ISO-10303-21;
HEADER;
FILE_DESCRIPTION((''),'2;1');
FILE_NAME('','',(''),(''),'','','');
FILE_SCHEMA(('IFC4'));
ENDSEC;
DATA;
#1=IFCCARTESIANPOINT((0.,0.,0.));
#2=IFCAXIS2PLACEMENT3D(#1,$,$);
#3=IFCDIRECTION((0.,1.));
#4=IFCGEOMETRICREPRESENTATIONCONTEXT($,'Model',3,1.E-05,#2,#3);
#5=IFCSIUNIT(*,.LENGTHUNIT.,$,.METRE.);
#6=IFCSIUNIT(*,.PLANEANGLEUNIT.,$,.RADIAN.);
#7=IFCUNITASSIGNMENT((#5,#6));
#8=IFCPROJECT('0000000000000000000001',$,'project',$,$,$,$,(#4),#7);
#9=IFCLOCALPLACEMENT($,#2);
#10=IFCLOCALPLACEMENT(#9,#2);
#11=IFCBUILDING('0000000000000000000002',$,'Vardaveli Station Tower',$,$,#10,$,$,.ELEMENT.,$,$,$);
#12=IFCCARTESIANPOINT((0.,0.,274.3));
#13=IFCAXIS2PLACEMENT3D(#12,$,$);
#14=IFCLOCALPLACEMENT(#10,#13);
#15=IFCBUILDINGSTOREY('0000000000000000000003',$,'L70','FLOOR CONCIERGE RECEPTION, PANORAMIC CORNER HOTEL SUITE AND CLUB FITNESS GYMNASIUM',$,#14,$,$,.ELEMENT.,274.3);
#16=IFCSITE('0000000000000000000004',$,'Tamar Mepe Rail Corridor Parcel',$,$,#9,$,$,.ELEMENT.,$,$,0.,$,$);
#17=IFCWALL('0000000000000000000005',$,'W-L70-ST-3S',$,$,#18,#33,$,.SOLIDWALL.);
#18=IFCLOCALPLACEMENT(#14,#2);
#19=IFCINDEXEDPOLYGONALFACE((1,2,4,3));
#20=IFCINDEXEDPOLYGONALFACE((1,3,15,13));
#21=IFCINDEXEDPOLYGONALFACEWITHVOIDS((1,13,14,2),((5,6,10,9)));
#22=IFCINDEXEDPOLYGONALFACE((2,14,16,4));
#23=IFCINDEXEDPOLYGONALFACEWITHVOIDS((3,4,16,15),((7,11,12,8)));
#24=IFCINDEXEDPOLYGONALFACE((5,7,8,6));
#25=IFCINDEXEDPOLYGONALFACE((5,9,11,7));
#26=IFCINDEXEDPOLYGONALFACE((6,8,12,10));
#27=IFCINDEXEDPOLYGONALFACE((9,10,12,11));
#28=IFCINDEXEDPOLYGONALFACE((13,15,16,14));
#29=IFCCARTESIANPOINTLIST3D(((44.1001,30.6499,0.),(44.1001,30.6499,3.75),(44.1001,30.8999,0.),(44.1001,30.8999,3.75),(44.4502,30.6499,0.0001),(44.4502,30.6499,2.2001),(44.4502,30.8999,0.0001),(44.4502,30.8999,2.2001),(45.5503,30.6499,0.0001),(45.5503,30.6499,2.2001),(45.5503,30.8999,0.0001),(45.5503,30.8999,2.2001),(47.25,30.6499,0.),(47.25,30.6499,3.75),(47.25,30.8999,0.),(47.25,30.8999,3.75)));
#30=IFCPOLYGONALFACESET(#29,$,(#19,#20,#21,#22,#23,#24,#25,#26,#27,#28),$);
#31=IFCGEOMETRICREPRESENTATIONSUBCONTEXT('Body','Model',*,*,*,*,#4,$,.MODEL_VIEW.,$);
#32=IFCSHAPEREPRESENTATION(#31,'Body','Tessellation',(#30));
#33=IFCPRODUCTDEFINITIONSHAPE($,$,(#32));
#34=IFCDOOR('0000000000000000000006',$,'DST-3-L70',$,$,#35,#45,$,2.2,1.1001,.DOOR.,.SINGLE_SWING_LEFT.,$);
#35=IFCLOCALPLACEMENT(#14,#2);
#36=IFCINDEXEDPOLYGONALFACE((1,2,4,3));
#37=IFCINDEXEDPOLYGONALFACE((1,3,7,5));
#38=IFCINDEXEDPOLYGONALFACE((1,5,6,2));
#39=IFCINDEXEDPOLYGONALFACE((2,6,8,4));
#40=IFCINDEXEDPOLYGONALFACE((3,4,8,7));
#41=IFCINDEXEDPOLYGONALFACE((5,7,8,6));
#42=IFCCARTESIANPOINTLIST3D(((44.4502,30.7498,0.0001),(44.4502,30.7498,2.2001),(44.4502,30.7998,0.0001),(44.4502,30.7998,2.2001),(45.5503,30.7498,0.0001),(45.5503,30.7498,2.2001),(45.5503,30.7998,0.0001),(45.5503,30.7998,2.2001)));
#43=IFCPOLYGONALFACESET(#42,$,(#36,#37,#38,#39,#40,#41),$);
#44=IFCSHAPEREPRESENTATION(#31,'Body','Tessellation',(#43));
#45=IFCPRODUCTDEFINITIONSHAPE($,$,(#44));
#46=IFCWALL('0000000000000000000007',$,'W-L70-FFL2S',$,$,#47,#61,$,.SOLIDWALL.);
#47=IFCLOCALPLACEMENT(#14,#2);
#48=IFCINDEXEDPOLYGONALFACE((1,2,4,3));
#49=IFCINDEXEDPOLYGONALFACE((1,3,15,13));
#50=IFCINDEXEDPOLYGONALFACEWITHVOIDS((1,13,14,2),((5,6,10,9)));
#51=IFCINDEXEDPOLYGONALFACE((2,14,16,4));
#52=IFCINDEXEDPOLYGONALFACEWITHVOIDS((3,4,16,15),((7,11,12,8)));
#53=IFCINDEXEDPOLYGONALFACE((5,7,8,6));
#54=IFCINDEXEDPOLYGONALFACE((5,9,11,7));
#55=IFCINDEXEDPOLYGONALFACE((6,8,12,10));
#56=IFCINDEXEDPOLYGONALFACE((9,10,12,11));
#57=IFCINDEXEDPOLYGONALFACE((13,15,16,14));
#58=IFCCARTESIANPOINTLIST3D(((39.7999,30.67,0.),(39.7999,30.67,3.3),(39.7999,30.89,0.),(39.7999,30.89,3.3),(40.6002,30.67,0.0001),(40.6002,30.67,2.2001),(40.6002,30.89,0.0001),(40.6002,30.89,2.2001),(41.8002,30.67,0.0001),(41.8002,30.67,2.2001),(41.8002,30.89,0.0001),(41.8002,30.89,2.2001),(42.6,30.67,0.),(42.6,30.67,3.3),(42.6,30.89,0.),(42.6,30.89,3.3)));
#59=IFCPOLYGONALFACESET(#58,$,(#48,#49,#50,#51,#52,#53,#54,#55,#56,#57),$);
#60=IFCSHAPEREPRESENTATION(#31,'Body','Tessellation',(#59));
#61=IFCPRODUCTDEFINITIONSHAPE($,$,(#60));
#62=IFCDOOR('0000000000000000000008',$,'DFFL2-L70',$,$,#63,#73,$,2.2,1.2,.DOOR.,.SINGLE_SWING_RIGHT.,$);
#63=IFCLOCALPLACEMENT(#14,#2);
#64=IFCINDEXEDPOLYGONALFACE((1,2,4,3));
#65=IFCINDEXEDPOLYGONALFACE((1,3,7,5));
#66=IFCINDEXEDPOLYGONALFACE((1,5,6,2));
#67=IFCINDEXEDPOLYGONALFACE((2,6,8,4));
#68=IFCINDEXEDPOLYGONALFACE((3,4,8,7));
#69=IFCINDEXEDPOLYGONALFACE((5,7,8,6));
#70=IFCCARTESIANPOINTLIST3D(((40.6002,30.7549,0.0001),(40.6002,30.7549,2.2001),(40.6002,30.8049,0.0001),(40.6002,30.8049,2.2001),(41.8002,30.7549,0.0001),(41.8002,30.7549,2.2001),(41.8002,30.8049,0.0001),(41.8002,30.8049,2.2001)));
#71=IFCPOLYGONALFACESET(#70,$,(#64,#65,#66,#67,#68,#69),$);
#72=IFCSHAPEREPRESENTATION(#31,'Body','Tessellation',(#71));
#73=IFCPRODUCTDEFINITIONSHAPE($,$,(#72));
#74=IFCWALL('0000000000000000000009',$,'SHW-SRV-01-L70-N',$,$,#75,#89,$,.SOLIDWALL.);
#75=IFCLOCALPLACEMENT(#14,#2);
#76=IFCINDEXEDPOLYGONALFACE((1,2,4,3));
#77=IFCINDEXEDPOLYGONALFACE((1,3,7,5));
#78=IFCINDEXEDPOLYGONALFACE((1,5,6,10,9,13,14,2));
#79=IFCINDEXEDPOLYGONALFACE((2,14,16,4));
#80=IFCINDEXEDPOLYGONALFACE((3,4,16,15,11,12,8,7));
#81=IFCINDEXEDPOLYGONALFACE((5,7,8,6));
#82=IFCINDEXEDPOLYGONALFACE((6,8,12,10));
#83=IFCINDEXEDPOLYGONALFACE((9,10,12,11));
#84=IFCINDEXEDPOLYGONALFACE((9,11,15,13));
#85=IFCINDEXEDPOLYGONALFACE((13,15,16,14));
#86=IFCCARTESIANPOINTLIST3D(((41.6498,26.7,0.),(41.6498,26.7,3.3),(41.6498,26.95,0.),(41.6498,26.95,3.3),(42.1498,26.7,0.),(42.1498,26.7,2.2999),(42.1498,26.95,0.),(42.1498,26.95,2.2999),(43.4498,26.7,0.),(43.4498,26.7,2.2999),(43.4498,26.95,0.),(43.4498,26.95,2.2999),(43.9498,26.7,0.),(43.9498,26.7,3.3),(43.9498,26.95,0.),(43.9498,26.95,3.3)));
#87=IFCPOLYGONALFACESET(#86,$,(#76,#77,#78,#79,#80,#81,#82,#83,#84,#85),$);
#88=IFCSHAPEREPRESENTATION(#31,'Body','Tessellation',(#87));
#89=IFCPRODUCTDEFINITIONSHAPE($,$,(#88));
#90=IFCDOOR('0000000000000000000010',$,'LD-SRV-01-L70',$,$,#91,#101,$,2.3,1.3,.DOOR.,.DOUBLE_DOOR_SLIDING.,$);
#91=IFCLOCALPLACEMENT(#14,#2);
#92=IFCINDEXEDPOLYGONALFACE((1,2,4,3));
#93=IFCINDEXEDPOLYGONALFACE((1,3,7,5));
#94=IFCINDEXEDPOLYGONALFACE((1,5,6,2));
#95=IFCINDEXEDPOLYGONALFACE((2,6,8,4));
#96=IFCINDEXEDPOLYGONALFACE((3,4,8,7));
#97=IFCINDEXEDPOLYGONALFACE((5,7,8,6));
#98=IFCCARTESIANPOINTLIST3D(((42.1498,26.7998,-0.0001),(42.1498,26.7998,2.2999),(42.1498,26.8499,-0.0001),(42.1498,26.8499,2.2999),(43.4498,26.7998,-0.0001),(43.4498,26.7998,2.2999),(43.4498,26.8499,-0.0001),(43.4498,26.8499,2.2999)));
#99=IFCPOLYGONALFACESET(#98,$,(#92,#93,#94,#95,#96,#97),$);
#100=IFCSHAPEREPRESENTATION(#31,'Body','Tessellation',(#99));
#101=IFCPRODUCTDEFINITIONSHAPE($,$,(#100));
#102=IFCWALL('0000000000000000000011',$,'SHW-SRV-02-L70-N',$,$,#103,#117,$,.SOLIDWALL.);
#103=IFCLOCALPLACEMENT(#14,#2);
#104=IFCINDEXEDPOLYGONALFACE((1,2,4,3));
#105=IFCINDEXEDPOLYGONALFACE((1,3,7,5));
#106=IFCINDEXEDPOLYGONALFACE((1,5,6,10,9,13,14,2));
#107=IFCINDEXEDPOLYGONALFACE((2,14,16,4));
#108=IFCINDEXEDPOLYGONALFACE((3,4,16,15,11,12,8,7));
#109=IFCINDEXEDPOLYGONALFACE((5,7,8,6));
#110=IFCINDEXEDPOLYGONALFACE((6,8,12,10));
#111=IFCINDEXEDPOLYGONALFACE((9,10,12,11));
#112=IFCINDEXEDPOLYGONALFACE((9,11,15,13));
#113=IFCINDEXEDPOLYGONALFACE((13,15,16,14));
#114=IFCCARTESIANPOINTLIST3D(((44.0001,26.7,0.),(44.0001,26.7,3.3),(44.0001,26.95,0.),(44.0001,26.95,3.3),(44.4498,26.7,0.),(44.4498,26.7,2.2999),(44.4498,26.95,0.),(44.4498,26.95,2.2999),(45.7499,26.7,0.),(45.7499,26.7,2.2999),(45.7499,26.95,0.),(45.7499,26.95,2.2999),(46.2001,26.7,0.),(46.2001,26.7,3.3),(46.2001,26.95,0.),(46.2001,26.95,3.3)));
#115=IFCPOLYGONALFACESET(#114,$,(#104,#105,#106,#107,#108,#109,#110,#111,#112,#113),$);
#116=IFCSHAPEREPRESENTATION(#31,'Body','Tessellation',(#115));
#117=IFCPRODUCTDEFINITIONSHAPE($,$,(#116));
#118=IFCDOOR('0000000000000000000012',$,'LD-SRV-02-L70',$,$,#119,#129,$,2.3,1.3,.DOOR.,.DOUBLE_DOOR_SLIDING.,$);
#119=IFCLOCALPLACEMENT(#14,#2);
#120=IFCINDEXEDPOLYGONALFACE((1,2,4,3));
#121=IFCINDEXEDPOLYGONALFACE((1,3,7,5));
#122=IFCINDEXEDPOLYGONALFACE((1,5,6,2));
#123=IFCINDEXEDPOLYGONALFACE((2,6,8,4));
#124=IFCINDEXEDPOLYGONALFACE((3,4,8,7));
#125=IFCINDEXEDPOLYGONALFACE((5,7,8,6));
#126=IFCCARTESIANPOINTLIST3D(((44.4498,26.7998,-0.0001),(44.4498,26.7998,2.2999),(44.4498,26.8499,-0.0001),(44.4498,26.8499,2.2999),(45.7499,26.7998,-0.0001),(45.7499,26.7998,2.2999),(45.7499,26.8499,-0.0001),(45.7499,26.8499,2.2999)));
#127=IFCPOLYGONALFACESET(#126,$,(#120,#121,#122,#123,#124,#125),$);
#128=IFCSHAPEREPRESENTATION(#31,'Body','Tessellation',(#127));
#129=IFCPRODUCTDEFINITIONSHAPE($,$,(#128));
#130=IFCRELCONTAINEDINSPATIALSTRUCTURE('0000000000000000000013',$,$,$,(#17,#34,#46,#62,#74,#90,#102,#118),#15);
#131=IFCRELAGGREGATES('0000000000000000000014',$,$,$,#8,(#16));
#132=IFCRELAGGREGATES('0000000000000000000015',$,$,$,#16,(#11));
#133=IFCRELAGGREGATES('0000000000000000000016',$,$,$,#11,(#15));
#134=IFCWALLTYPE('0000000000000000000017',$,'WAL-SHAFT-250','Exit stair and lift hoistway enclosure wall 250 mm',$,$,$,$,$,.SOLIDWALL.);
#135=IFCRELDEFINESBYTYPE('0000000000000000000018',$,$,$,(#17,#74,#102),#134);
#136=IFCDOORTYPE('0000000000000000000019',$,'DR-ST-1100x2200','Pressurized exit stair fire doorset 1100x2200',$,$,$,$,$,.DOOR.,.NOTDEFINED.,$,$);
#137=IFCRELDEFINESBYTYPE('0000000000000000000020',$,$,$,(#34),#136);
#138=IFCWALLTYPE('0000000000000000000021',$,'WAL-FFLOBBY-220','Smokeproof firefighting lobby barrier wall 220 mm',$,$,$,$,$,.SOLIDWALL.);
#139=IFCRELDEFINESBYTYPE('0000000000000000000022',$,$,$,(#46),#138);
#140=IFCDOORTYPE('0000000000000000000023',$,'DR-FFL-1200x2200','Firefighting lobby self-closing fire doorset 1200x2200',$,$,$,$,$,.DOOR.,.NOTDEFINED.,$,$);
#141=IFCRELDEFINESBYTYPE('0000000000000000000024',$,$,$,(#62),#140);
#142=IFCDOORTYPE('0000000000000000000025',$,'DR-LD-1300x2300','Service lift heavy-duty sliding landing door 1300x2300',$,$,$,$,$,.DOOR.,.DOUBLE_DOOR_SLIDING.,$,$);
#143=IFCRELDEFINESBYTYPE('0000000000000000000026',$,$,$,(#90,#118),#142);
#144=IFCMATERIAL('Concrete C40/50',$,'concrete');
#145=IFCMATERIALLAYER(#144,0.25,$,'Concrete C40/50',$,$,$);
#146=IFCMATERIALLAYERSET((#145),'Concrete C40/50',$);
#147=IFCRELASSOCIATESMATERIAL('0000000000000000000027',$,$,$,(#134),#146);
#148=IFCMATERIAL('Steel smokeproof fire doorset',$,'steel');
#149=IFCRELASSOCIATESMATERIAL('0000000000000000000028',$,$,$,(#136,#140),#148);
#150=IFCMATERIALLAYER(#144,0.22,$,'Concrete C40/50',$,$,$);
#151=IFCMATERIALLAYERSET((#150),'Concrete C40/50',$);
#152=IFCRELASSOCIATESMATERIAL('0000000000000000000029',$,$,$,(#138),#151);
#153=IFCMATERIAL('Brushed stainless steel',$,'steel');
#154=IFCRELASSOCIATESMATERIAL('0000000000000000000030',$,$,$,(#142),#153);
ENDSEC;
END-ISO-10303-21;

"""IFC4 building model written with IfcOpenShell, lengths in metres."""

from ifc_helpers import new_model, si_unit, direction, frame, frame_2d, origin, place, context, subcontext, project, spatial, rectangle, extrude, source, transform, mapped, material, layer, layer_set, type_object, element, fill, save


model = new_model("IFC4")

# Units and contexts
model_context = context("Model", 3, precision=1e-05, world=origin(), true_north=direction((0.0, 1.0)))
body_context = subcontext(model_context, "Body", "Model", "MODEL_VIEW")
ifc_project = project(units=[si_unit("LENGTHUNIT", "METRE"), si_unit("PLANEANGLEUNIT", "RADIAN")], contexts=[model_context])

# Site, building, storey
site_placement = place(None, origin())
site = spatial("IfcSite", under=ifc_project, at=site_placement, Name="Tamar Mepe Rail Corridor Parcel", CompositionType="ELEMENT", RefElevation=0.0)
building_placement = place(site_placement, origin())
building = spatial("IfcBuilding", under=site, at=building_placement, Name="Vardaveli Station Tower", CompositionType="ELEMENT")
storey_placement = place(building_placement, frame((0.0, 0.0, 274.3)))
storey = spatial("IfcBuildingStorey", under=building, at=storey_placement, Name="L70", Description="FLOOR CONCIERGE RECEPTION, PANORAMIC CORNER HOTEL SUITE AND CLUB FITNESS GYMNASIUM", CompositionType="ELEMENT", Elevation=274.3)

# Shared definitions
ifc_material_1 = material(Name="Concrete C40/50", Category="concrete")
ifc_layer_1 = layer(ifc_material_1, 0.25, Name="Concrete C40/50")
ifc_layer_set_1 = layer_set([ifc_layer_1], Name="Concrete C40/50")
wall_type_1 = type_object("IfcWallType", Name="WAL-SHAFT-250", Description="Exit stair and lift hoistway enclosure wall 250 mm", PredefinedType="SOLIDWALL", material=ifc_layer_set_1)

# Walls, openings, doors
shared_shape_1 = source(origin(), body_context, "Body", "SweptSolid", [
    extrude(rectangle(XDim=3.1499, YDim=0.25, at=frame_2d((1.575, 0.0))), origin(), (0.0, 0.0, 1.0), 3.75),
])
wall_1_placement = place(storey_placement, frame((44.1001, 30.7749, 0.0), z_axis=(0.0, 0.0, 1.0), x_axis=(1.0, 0.0, 0.0)))
wall_1 = element("IfcWall", 1, at=wall_1_placement, inside=storey, type_object=wall_type_1, Name="W-L70-ST-3S", PredefinedType="SOLIDWALL", context=body_context, shape_type="MappedRepresentation", body=[
    mapped(shared_shape_1, transform((0.0, 0.0, 0.0), scale=1.0)),
])
shared_shape_2 = source(origin(), body_context, "Body", "SweptSolid", [
    extrude(rectangle(XDim=1.1001, YDim=2.2, at=frame_2d((0.55, 1.1001))), frame((0.0, 0.135, 0.0), z_axis=(0.0, -1.0, 0.0), x_axis=(1.0, 0.0, 0.0)), (0.0, 0.0, 1.0), 0.27),
])
opening_1_placement = place(wall_1_placement, frame((0.3501, 0.0, 0.0)))
opening_1 = element("IfcOpeningElement", 2, at=opening_1_placement, cuts=wall_1, PredefinedType="OPENING", context=body_context, shape_type="MappedRepresentation", body=[
    mapped(shared_shape_2, transform((0.0, 0.0, 0.0), scale=1.0)),
])
ifc_material_2 = material(Name="Steel smokeproof fire doorset", Category="steel")
door_type_1 = type_object("IfcDoorType", Name="DR-ST-1100x2200", Description="Pressurized exit stair fire doorset 1100x2200", OperationType="NOTDEFINED", PredefinedType="DOOR", material=ifc_material_2)
shared_shape_3 = source(origin(), body_context, "Body", "SweptSolid", [
    extrude(rectangle(XDim=1.1001, YDim=2.2, at=frame_2d((0.55, 1.1001))), frame((0.0, 0.0249, 0.0), z_axis=(0.0, -1.0, 0.0), x_axis=(1.0, 0.0, 0.0)), (0.0, 0.0, 1.0), 0.05),
])
door_1_placement = place(opening_1_placement, origin())
door_1 = element("IfcDoor", 3, at=door_1_placement, inside=storey, type_object=door_type_1, Name="DST-3-L70", OperationType="SINGLE_SWING_LEFT", OverallHeight=2.2, OverallWidth=1.1001, PredefinedType="DOOR", context=body_context, shape_type="MappedRepresentation", body=[
    mapped(shared_shape_3, transform((0.0, 0.0, 0.0), scale=1.0)),
])
fill(opening_1, door_1)
ifc_layer_2 = layer(ifc_material_1, 0.22, Name="Concrete C40/50")
ifc_layer_set_2 = layer_set([ifc_layer_2], Name="Concrete C40/50")
wall_type_2 = type_object("IfcWallType", Name="WAL-FFLOBBY-220", Description="Smokeproof firefighting lobby barrier wall 220 mm", PredefinedType="SOLIDWALL", material=ifc_layer_set_2)
shared_shape_4 = source(origin(), body_context, "Body", "SweptSolid", [
    extrude(rectangle(XDim=2.8, YDim=0.22, at=frame_2d((1.3999, 0.0))), origin(), (0.0, 0.0, 1.0), 3.3),
])
wall_2_placement = place(storey_placement, frame((39.8, 30.78, 0.0), z_axis=(0.0, 0.0, 1.0), x_axis=(1.0, 0.0, 0.0)))
wall_2 = element("IfcWall", 4, at=wall_2_placement, inside=storey, type_object=wall_type_2, Name="W-L70-FFL2S", PredefinedType="SOLIDWALL", context=body_context, shape_type="MappedRepresentation", body=[
    mapped(shared_shape_4, transform((0.0, 0.0, 0.0), scale=1.0)),
])
shared_shape_5 = source(origin(), body_context, "Body", "SweptSolid", [
    extrude(rectangle(XDim=1.2, YDim=2.2, at=frame_2d((0.6001, 1.1001))), frame((0.0, 0.1201, 0.0), z_axis=(0.0, -1.0, 0.0), x_axis=(1.0, 0.0, 0.0)), (0.0, 0.0, 1.0), 0.24),
])
opening_2_placement = place(wall_2_placement, frame((0.8, 0.0, 0.0)))
opening_2 = element("IfcOpeningElement", 5, at=opening_2_placement, cuts=wall_2, PredefinedType="OPENING", context=body_context, shape_type="MappedRepresentation", body=[
    mapped(shared_shape_5, transform((0.0, 0.0, 0.0), scale=1.0)),
])
door_type_2 = type_object("IfcDoorType", Name="DR-FFL-1200x2200", Description="Firefighting lobby self-closing fire doorset 1200x2200", OperationType="NOTDEFINED", PredefinedType="DOOR", material=ifc_material_2)
shared_shape_6 = source(origin(), body_context, "Body", "SweptSolid", [
    extrude(rectangle(XDim=1.2, YDim=2.2, at=frame_2d((0.6001, 1.1001))), frame((0.0, 0.0249, 0.0), z_axis=(0.0, -1.0, 0.0), x_axis=(1.0, 0.0, 0.0)), (0.0, 0.0, 1.0), 0.05),
])
door_2_placement = place(opening_2_placement, origin())
door_2 = element("IfcDoor", 6, at=door_2_placement, inside=storey, type_object=door_type_2, Name="DFFL2-L70", OperationType="SINGLE_SWING_RIGHT", OverallHeight=2.2, OverallWidth=1.2, PredefinedType="DOOR", context=body_context, shape_type="MappedRepresentation", body=[
    mapped(shared_shape_6, transform((0.0, 0.0, 0.0), scale=1.0)),
])
fill(opening_2, door_2)
shared_shape_7 = source(origin(), body_context, "Body", "SweptSolid", [
    extrude(rectangle(XDim=2.3, YDim=0.25, at=frame_2d((1.1499, 0.0))), origin(), (0.0, 0.0, 1.0), 3.3),
])
wall_3_placement = place(storey_placement, frame((41.6499, 26.825, 0.0), z_axis=(0.0, 0.0, 1.0), x_axis=(1.0, 0.0, 0.0)))
wall_3 = element("IfcWall", 7, at=wall_3_placement, inside=storey, type_object=wall_type_1, Name="SHW-SRV-01-L70-N", PredefinedType="SOLIDWALL", context=body_context, shape_type="MappedRepresentation", body=[
    mapped(shared_shape_7, transform((0.0, 0.0, 0.0), scale=1.0)),
])
shared_shape_8 = source(origin(), body_context, "Body", "SweptSolid", [
    extrude(rectangle(XDim=1.3, YDim=2.3, at=frame_2d((0.6499, 1.1499))), frame((0.0, 0.135, 0.0), z_axis=(0.0, -1.0, 0.0), x_axis=(1.0, 0.0, 0.0)), (0.0, 0.0, 1.0), 0.27),
])
opening_3_placement = place(wall_3_placement, frame((0.5, 0.0, 0.0)))
opening_3 = element("IfcOpeningElement", 8, at=opening_3_placement, cuts=wall_3, PredefinedType="OPENING", context=body_context, shape_type="MappedRepresentation", body=[
    mapped(shared_shape_8, transform((0.0, 0.0, 0.0), scale=1.0)),
])
ifc_material_3 = material(Name="Brushed stainless steel", Category="steel")
door_type_3 = type_object("IfcDoorType", Name="DR-LD-1300x2300", Description="Service lift heavy-duty sliding landing door 1300x2300", OperationType="DOUBLE_DOOR_SLIDING", PredefinedType="DOOR", material=ifc_material_3)
shared_shape_9 = source(origin(), body_context, "Body", "SweptSolid", [
    extrude(rectangle(XDim=1.3, YDim=2.3, at=frame_2d((0.6499, 1.1499))), frame((0.0, 0.0249, 0.0), z_axis=(0.0, -1.0, 0.0), x_axis=(1.0, 0.0, 0.0)), (0.0, 0.0, 1.0), 0.05),
])
door_3_placement = place(opening_3_placement, origin())
door_3 = element("IfcDoor", 9, at=door_3_placement, inside=storey, type_object=door_type_3, Name="LD-SRV-01-L70", OperationType="DOUBLE_DOOR_SLIDING", OverallHeight=2.3, OverallWidth=1.3, PredefinedType="DOOR", context=body_context, shape_type="MappedRepresentation", body=[
    mapped(shared_shape_9, transform((0.0, 0.0, 0.0), scale=1.0)),
])
fill(opening_3, door_3)
shared_shape_10 = source(origin(), body_context, "Body", "SweptSolid", [
    extrude(rectangle(XDim=2.2, YDim=0.25, at=frame_2d((1.1001, 0.0))), origin(), (0.0, 0.0, 1.0), 3.3),
])
wall_4_placement = place(storey_placement, frame((44.0, 26.825, 0.0), z_axis=(0.0, 0.0, 1.0), x_axis=(1.0, 0.0, 0.0)))
wall_4 = element("IfcWall", 10, at=wall_4_placement, inside=storey, type_object=wall_type_1, Name="SHW-SRV-02-L70-N", PredefinedType="SOLIDWALL", context=body_context, shape_type="MappedRepresentation", body=[
    mapped(shared_shape_10, transform((0.0, 0.0, 0.0), scale=1.0)),
])
opening_4_placement = place(wall_4_placement, frame((0.45, 0.0, 0.0)))
opening_4 = element("IfcOpeningElement", 11, at=opening_4_placement, cuts=wall_4, PredefinedType="OPENING", context=body_context, shape_type="MappedRepresentation", body=[
    mapped(shared_shape_8, transform((0.0, 0.0, 0.0), scale=1.0)),
])
door_4_placement = place(opening_4_placement, origin())
door_4 = element("IfcDoor", 12, at=door_4_placement, inside=storey, type_object=door_type_3, Name="LD-SRV-02-L70", OperationType="DOUBLE_DOOR_SLIDING", OverallHeight=2.3, OverallWidth=1.3, PredefinedType="DOOR", context=body_context, shape_type="MappedRepresentation", body=[
    mapped(shared_shape_9, transform((0.0, 0.0, 0.0), scale=1.0)),
])
fill(opening_4, door_4)

save(model, "model.ifc")
